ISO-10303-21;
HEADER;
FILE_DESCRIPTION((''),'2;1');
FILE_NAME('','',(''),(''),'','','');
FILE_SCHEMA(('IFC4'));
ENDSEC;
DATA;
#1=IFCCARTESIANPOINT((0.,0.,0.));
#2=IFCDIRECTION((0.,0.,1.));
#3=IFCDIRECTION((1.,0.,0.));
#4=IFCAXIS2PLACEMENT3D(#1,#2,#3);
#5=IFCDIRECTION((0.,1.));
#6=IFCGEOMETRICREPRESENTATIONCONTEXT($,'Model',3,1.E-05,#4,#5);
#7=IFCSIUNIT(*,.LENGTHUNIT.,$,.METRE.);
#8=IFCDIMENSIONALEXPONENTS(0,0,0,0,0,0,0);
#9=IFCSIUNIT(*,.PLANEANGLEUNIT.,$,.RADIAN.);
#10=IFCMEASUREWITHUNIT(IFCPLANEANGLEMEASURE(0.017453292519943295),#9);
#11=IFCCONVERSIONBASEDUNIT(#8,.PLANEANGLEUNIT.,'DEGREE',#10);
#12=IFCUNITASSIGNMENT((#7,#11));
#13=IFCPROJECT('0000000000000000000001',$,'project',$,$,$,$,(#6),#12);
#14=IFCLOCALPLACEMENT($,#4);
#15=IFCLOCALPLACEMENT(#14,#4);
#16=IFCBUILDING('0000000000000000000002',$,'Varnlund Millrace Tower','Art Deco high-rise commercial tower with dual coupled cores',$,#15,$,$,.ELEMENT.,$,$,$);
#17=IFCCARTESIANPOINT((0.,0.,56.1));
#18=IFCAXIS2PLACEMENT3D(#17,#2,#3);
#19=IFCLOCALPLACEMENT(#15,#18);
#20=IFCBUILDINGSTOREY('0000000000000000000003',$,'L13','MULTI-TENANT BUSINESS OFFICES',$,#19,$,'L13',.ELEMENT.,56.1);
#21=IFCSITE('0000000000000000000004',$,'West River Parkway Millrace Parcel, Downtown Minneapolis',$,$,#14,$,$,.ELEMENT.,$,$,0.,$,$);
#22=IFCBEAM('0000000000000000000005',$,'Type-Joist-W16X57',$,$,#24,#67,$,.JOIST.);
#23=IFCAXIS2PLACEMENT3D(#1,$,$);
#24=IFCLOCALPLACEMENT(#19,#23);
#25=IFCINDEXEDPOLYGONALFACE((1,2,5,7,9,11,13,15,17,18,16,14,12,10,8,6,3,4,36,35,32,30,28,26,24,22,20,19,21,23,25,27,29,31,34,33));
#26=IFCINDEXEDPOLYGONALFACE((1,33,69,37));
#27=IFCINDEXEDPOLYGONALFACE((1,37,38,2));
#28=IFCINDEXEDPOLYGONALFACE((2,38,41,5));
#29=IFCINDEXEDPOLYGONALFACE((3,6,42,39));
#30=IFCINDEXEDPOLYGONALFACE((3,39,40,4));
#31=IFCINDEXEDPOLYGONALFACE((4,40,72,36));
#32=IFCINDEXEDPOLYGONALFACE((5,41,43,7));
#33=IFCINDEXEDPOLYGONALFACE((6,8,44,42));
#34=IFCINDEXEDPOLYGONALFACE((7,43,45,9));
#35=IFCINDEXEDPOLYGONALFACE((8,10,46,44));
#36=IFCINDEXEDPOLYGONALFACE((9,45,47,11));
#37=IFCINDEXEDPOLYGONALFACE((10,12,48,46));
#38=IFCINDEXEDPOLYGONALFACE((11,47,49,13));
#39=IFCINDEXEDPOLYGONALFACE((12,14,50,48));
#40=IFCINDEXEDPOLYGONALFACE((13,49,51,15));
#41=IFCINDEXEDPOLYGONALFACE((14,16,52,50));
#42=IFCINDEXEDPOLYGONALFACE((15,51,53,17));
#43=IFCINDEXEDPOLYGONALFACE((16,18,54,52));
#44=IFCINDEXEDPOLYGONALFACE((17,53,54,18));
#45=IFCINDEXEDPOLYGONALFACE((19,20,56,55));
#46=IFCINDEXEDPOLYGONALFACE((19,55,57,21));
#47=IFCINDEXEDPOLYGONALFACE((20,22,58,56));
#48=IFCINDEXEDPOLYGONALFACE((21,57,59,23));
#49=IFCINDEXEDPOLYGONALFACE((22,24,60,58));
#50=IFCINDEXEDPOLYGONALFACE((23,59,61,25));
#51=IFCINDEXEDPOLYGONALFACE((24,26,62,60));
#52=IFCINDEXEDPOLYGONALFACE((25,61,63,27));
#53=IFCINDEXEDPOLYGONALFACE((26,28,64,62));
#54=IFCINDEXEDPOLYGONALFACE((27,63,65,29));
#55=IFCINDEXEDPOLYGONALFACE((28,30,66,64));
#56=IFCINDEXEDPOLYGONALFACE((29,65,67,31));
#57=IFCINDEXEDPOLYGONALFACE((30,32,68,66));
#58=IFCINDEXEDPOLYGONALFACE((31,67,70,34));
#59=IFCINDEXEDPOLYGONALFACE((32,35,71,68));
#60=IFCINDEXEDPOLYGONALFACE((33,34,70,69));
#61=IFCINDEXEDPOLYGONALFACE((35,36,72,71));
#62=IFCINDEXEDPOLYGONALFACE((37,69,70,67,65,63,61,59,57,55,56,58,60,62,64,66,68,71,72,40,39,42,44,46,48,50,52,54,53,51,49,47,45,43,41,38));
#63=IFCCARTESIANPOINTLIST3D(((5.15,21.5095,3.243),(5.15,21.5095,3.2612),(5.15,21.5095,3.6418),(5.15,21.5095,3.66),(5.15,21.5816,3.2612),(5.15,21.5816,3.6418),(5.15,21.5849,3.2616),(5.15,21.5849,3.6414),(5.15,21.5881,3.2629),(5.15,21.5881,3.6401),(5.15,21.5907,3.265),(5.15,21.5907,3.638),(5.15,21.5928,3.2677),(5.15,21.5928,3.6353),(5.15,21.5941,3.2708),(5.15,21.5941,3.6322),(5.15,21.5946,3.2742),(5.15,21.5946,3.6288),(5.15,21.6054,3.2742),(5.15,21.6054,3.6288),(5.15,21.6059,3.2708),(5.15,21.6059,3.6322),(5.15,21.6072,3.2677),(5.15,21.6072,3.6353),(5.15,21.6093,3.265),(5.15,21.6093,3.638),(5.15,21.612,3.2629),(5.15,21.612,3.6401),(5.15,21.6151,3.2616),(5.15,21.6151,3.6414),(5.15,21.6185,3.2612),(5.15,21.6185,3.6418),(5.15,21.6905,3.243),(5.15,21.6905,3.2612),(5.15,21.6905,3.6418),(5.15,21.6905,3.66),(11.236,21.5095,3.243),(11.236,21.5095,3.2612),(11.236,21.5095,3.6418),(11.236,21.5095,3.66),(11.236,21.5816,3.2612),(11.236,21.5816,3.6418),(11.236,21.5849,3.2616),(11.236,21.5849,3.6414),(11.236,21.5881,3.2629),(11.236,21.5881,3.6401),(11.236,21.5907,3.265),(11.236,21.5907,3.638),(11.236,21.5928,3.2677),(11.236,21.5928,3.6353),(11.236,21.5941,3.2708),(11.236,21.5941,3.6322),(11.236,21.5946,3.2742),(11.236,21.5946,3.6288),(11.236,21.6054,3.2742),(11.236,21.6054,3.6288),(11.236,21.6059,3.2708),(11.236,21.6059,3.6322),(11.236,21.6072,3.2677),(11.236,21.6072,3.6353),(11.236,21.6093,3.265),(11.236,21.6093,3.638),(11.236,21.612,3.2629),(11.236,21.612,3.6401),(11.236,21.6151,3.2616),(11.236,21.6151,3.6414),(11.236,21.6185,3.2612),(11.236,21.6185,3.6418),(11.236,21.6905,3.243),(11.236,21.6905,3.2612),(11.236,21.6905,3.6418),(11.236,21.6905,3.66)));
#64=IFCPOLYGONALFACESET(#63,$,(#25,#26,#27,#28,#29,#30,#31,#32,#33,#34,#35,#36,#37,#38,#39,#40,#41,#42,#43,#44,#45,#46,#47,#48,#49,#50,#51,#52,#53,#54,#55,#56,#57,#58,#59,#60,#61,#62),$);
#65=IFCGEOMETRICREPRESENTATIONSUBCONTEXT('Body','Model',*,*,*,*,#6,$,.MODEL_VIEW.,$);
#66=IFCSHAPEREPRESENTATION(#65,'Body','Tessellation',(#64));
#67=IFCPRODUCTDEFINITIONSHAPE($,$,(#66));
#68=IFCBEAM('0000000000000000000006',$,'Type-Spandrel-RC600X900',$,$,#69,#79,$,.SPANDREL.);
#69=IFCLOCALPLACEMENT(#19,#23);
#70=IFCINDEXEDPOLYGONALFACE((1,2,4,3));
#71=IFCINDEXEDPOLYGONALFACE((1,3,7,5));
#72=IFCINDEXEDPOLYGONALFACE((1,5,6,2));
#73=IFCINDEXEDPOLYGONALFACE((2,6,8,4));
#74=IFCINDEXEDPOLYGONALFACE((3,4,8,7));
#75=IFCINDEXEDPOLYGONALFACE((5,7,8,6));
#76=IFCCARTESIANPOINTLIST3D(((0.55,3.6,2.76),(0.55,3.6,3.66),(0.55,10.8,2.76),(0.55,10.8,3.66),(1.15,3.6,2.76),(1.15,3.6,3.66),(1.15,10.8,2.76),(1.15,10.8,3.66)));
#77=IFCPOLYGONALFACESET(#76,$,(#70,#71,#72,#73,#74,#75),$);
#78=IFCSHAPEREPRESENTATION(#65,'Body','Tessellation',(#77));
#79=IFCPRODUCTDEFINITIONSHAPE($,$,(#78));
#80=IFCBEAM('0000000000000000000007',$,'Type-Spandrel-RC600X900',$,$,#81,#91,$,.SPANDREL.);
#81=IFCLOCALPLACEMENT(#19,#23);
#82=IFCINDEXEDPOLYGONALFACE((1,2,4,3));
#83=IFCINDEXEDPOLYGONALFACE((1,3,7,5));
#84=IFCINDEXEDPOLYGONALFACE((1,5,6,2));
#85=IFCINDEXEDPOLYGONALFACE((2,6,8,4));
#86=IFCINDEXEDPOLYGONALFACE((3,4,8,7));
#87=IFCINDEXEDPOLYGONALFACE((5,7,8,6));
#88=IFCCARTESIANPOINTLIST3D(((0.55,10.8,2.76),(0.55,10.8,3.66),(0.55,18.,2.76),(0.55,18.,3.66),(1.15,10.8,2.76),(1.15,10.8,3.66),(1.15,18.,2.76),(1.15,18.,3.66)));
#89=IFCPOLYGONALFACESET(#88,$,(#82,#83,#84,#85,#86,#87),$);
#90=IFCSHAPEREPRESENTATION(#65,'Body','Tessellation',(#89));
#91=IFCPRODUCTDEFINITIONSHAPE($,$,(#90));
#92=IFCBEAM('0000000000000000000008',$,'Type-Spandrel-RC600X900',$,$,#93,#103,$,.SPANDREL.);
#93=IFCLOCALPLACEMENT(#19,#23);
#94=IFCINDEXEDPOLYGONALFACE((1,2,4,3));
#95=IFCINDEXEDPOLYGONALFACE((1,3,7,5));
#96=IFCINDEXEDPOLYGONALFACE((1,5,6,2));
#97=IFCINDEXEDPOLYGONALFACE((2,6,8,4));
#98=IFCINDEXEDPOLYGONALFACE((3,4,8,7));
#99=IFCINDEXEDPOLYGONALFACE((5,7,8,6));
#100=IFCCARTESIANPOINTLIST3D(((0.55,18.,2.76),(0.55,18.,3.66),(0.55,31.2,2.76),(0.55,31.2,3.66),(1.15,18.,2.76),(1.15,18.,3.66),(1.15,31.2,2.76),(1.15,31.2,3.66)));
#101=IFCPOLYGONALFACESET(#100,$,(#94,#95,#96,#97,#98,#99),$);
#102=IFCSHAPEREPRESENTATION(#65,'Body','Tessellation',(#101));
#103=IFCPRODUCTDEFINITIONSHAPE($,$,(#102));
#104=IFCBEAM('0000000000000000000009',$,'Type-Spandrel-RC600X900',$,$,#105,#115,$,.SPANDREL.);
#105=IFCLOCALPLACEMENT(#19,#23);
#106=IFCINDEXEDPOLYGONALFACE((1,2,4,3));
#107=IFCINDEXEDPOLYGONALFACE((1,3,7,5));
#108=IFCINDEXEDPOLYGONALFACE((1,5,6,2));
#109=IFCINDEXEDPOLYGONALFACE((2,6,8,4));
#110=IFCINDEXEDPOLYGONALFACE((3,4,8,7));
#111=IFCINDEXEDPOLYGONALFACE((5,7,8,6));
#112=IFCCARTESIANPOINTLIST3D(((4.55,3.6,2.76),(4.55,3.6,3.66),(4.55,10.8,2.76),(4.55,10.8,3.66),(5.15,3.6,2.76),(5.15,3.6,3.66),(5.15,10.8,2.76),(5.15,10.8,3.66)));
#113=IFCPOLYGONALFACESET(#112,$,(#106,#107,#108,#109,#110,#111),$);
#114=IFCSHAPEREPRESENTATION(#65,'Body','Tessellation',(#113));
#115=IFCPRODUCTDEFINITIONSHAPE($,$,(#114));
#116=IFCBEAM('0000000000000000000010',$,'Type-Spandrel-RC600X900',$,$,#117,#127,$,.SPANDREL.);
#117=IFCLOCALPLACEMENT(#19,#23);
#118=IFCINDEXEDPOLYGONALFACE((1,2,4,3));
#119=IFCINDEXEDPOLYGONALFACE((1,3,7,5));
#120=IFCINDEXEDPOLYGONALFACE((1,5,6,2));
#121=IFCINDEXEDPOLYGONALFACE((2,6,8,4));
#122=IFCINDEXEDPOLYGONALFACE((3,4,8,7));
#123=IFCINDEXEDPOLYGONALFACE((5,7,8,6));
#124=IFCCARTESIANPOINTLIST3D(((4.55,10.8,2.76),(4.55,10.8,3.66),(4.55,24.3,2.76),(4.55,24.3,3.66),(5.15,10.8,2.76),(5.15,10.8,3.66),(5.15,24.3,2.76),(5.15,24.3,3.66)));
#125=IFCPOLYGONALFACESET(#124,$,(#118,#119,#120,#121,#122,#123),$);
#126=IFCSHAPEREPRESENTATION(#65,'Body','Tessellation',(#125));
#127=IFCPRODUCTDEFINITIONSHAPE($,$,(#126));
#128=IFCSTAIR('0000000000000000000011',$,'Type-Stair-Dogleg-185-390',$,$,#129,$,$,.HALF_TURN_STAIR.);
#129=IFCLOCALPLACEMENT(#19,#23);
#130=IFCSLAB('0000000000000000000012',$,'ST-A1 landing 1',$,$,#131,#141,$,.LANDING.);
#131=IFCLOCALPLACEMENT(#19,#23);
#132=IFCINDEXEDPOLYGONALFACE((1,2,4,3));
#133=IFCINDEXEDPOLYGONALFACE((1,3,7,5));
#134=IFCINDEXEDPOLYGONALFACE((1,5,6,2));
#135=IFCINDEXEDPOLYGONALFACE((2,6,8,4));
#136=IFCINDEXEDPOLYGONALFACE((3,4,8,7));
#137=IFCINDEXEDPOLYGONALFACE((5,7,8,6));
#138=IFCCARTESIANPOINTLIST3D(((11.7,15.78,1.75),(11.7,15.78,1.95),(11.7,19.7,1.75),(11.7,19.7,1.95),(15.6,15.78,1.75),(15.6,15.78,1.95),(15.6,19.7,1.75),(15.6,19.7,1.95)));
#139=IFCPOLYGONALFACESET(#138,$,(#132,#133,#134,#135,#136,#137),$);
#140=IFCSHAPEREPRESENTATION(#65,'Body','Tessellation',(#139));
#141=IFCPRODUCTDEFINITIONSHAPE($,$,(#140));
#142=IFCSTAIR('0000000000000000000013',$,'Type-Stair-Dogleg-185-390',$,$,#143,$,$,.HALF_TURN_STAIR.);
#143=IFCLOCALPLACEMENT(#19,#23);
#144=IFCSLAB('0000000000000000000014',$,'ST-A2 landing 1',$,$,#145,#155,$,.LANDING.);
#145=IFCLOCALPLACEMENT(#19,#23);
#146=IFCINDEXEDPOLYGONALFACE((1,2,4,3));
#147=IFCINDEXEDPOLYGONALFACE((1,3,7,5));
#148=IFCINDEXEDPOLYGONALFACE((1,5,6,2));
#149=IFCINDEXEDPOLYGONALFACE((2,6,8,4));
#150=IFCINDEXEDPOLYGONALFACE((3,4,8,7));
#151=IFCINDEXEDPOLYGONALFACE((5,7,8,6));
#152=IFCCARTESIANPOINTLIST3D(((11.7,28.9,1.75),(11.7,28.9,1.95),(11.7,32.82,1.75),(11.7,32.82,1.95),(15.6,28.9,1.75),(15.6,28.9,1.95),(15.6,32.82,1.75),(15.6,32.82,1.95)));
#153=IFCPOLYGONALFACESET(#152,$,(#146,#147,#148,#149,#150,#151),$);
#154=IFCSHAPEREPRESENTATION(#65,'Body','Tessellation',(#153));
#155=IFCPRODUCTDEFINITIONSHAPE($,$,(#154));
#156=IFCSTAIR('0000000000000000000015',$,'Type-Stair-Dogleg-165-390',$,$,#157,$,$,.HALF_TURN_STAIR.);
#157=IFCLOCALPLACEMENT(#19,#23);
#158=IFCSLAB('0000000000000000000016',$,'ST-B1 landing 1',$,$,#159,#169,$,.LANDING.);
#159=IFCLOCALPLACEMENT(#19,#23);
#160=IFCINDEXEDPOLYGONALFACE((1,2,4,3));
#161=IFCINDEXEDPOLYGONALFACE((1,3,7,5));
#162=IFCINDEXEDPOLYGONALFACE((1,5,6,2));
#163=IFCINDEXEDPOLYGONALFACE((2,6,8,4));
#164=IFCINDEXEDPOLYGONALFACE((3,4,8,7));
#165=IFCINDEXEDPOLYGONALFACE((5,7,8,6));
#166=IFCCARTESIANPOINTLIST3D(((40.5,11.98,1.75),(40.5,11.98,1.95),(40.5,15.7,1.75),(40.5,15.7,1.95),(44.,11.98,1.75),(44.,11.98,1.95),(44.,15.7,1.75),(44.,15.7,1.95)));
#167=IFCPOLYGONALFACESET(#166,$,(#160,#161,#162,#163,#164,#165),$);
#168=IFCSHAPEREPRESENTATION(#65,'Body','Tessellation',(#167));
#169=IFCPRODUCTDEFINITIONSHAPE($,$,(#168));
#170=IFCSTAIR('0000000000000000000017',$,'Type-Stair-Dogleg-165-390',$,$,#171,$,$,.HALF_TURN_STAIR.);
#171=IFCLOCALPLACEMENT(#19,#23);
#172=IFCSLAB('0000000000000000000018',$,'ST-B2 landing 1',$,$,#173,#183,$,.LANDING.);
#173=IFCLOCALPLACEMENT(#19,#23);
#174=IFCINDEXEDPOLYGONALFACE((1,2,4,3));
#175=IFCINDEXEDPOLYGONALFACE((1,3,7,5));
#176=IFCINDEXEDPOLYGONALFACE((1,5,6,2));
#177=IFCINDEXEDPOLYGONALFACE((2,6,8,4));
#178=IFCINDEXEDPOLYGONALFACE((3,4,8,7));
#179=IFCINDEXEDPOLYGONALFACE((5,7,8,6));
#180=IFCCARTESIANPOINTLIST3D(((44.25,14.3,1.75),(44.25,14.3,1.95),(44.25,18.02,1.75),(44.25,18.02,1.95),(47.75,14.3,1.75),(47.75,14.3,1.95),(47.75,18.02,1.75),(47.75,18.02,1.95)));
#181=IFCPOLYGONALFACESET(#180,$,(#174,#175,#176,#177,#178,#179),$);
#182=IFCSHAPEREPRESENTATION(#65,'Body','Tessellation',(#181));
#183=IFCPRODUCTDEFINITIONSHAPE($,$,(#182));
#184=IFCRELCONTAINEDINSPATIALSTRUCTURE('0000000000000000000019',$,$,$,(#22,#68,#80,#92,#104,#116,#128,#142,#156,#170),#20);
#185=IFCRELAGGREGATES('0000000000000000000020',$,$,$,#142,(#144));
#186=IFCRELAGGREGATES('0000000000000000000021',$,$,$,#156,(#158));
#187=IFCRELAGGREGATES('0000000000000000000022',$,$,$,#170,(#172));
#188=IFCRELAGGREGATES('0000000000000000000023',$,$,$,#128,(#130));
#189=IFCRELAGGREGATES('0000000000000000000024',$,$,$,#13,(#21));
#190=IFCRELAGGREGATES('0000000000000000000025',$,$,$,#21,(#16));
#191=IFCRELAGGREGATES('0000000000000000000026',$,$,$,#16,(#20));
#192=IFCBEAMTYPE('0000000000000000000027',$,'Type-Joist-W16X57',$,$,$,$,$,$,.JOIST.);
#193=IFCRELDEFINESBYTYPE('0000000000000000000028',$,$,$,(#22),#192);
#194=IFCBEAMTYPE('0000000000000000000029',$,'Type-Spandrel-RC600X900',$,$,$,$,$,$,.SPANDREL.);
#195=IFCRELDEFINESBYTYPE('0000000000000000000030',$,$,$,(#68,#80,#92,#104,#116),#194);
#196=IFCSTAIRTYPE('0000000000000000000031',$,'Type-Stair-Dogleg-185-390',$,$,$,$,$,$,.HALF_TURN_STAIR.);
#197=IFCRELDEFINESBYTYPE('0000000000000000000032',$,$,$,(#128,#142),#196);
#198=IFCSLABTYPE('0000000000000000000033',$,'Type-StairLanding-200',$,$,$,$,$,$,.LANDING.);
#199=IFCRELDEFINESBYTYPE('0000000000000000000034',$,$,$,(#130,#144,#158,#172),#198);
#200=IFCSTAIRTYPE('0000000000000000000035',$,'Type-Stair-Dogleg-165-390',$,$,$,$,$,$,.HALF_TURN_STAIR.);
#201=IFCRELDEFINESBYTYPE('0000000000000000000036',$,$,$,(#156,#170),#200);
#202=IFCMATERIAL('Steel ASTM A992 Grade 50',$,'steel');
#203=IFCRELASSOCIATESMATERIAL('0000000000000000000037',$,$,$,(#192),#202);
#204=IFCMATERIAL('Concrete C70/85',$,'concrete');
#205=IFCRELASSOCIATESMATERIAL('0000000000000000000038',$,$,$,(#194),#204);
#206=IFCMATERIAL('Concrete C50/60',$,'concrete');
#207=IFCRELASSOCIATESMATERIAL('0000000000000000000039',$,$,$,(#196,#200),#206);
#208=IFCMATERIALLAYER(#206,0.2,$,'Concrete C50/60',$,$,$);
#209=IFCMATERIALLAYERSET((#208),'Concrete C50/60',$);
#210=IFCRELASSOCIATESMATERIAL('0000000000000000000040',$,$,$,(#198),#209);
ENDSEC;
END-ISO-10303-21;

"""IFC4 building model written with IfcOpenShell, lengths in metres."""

from ifc_helpers import new_model, entity, si_unit, converted_unit, direction, frame, origin_with_axes, origin_2d_with_axis, place, context, subcontext, project, spatial, polyline, rectangle, i_section, outline, extrude, material, layer, layer_set, material_profile, profile_set, type_object, element, aggregate, save


model = new_model("IFC4")

# Units and contexts
model_context = context("Model", 3, precision=1e-05, world=origin_with_axes(), true_north=direction((0.0, 1.0)))
body_context = subcontext(model_context, "Body", "Model", "MODEL_VIEW")
ifc_project = project(units=[si_unit("LENGTHUNIT", "METRE"), converted_unit("PLANEANGLEUNIT", "DEGREE", entity("IfcPlaneAngleMeasure", 0.017453292519943295), si_unit("PLANEANGLEUNIT", "RADIAN"), dimensions=[0, 0, 0, 0, 0, 0, 0])], contexts=[model_context])

# Site, building, storey
site_placement = place(None, origin_with_axes())
site = spatial("IfcSite", under=ifc_project, at=site_placement, Name="West River Parkway Millrace Parcel, Downtown Minneapolis", CompositionType="ELEMENT", RefElevation=0.0)
building_placement = place(site_placement, origin_with_axes())
building = spatial("IfcBuilding", under=site, at=building_placement, Name="Varnlund Millrace Tower", Description="Art Deco high-rise commercial tower with dual coupled cores", CompositionType="ELEMENT")
storey_placement = place(building_placement, frame((0.0, 0.0, 56.1), z_axis=(0.0, 0.0, 1.0), x_axis=(1.0, 0.0, 0.0)))
storey = spatial("IfcBuildingStorey", under=building, at=storey_placement, Name="L13", Description="MULTI-TENANT BUSINESS OFFICES", LongName="L13", CompositionType="ELEMENT", Elevation=56.1)

# Beams
ifc_material_1 = material(Name="Steel ASTM A992 Grade 50", Category="steel")
ifc_material_profile_1 = material_profile(ifc_material_1, i_section(OverallWidth=0.181, OverallDepth=0.417, WebThickness=0.0109, FlangeThickness=0.0182, FilletRadius=0.013, at=origin_2d_with_axis()), Name="Steel ASTM A992 Grade 50")
ifc_profile_set_1 = profile_set([ifc_material_profile_1], Name="Steel ASTM A992 Grade 50")
beam_type_1 = type_object("IfcBeamType", Name="Type-Joist-W16X57", PredefinedType="JOIST", material=ifc_profile_set_1)
for number, where, z_axis, x_axis, name in (
    (1, (5.15, 21.6, 3.4515), (1.0, 0.0, 0.0), (0.0, 1.0, 0.0), "Type-Joist-W16X57"),
):
    element("IfcBeam", number, at=place(storey_placement, frame(where, z_axis=z_axis, x_axis=x_axis)), inside=storey, type_object=beam_type_1, Name=name, PredefinedType="JOIST", context=body_context, shape_type="SweptSolid", body=[
        extrude(i_section(OverallWidth=0.181, OverallDepth=0.417, WebThickness=0.0109, FlangeThickness=0.0182, FilletRadius=0.013, at=origin_2d_with_axis()), origin_with_axes(), (0.0, 0.0, 1.0), 6.086),
    ])
ifc_material_2 = material(Name="Concrete C70/85", Category="concrete")
ifc_material_profile_2 = material_profile(ifc_material_2, rectangle(XDim=0.6, YDim=0.9, at=origin_2d_with_axis()), Name="Concrete C70/85")
ifc_profile_set_2 = profile_set([ifc_material_profile_2], Name="Concrete C70/85")
beam_type_2 = type_object("IfcBeamType", Name="Type-Spandrel-RC600X900", PredefinedType="SPANDREL", material=ifc_profile_set_2)
for number, where, z_axis, x_axis, name in (
    (2, (0.85, 3.6, 3.21), (0.0, 1.0, 0.0), (-1.0, 0.0, 0.0), "Type-Spandrel-RC600X900"),
    (3, (0.85, 10.8, 3.21), (0.0, 1.0, 0.0), (-1.0, 0.0, 0.0), "Type-Spandrel-RC600X900"),
):
    element("IfcBeam", number, at=place(storey_placement, frame(where, z_axis=z_axis, x_axis=x_axis)), inside=storey, type_object=beam_type_2, Name=name, PredefinedType="SPANDREL", context=body_context, shape_type="SweptSolid", body=[
        extrude(rectangle(XDim=0.6, YDim=0.9, at=origin_2d_with_axis()), origin_with_axes(), (0.0, 0.0, 1.0), 7.2),
    ])
beam_1_placement = place(storey_placement, frame((0.85, 18.0, 3.21), z_axis=(0.0, 1.0, 0.0), x_axis=(-1.0, 0.0, 0.0)))
element("IfcBeam", 4, at=beam_1_placement, inside=storey, type_object=beam_type_2, Name="Type-Spandrel-RC600X900", PredefinedType="SPANDREL", context=body_context, shape_type="SweptSolid", body=[
    extrude(rectangle(XDim=0.6, YDim=0.9, at=origin_2d_with_axis()), origin_with_axes(), (0.0, 0.0, 1.0), 13.2),
])
beam_2_placement = place(storey_placement, frame((4.85, 3.6, 3.21), z_axis=(0.0, 1.0, 0.0), x_axis=(-1.0, 0.0, 0.0)))
element("IfcBeam", 5, at=beam_2_placement, inside=storey, type_object=beam_type_2, Name="Type-Spandrel-RC600X900", PredefinedType="SPANDREL", context=body_context, shape_type="SweptSolid", body=[
    extrude(rectangle(XDim=0.6, YDim=0.9, at=origin_2d_with_axis()), origin_with_axes(), (0.0, 0.0, 1.0), 7.2),
])
beam_3_placement = place(storey_placement, frame((4.85, 10.8, 3.21), z_axis=(0.0, 1.0, 0.0), x_axis=(-1.0, 0.0, 0.0)))
element("IfcBeam", 6, at=beam_3_placement, inside=storey, type_object=beam_type_2, Name="Type-Spandrel-RC600X900", PredefinedType="SPANDREL", context=body_context, shape_type="SweptSolid", body=[
    extrude(rectangle(XDim=0.6, YDim=0.9, at=origin_2d_with_axis()), origin_with_axes(), (0.0, 0.0, 1.0), 13.5),
])

# Stairs, slabs
ifc_material_3 = material(Name="Concrete C50/60", Category="concrete")
stair_type_1 = type_object("IfcStairType", Name="Type-Stair-Dogleg-185-390", PredefinedType="HALF_TURN_STAIR", material=ifc_material_3)
stair_1_placement = place(storey_placement, origin_with_axes())
stair_1 = element("IfcStair", 7, at=stair_1_placement, inside=storey, type_object=stair_type_1, Name="Type-Stair-Dogleg-185-390", PredefinedType="HALF_TURN_STAIR")
ifc_layer_1 = layer(ifc_material_3, 0.2, Name="Concrete C50/60")
ifc_layer_set_1 = layer_set([ifc_layer_1], Name="Concrete C50/60")
slab_type = type_object("IfcSlabType", Name="Type-StairLanding-200", PredefinedType="LANDING", material=ifc_layer_set_1)
slab_1_placement = place(storey_placement, frame((0.0, 0.0, 1.75), z_axis=(0.0, 0.0, 1.0), x_axis=(1.0, 0.0, 0.0)))
slab_1 = element("IfcSlab", 8, at=slab_1_placement, type_object=slab_type, Name="ST-A1 landing 1", PredefinedType="LANDING", context=body_context, shape_type="SweptSolid", body=[
    extrude(outline(polyline([(15.6, 15.78), (15.6, 19.7), (11.7, 19.7), (11.7, 15.78), (15.6, 15.78)])), origin_with_axes(), (0.0, 0.0, 1.0), 0.2),
])
stair_2_placement = place(storey_placement, origin_with_axes())
stair_2 = element("IfcStair", 9, at=stair_2_placement, inside=storey, type_object=stair_type_1, Name="Type-Stair-Dogleg-185-390", PredefinedType="HALF_TURN_STAIR")
slab_2_placement = place(storey_placement, frame((0.0, 0.0, 1.75), z_axis=(0.0, 0.0, 1.0), x_axis=(1.0, 0.0, 0.0)))
slab_2 = element("IfcSlab", 10, at=slab_2_placement, type_object=slab_type, Name="ST-A2 landing 1", PredefinedType="LANDING", context=body_context, shape_type="SweptSolid", body=[
    extrude(outline(polyline([(11.7, 32.82), (11.7, 28.9), (15.6, 28.9), (15.6, 32.82), (11.7, 32.82)])), origin_with_axes(), (0.0, 0.0, 1.0), 0.2),
])
aggregate(stair_2, [slab_2])
stair_type_2 = type_object("IfcStairType", Name="Type-Stair-Dogleg-165-390", PredefinedType="HALF_TURN_STAIR", material=ifc_material_3)
stair_3_placement = place(storey_placement, origin_with_axes())
stair_3 = element("IfcStair", 11, at=stair_3_placement, inside=storey, type_object=stair_type_2, Name="Type-Stair-Dogleg-165-390", PredefinedType="HALF_TURN_STAIR")
slab_3_placement = place(storey_placement, frame((0.0, 0.0, 1.75), z_axis=(0.0, 0.0, 1.0), x_axis=(1.0, 0.0, 0.0)))
slab_3 = element("IfcSlab", 12, at=slab_3_placement, type_object=slab_type, Name="ST-B1 landing 1", PredefinedType="LANDING", context=body_context, shape_type="SweptSolid", body=[
    extrude(outline(polyline([(44.0, 11.98), (44.0, 15.7), (40.5, 15.7), (40.5, 11.98), (44.0, 11.98)])), origin_with_axes(), (0.0, 0.0, 1.0), 0.2),
])
aggregate(stair_3, [slab_3])
stair_4_placement = place(storey_placement, origin_with_axes())
stair_4 = element("IfcStair", 13, at=stair_4_placement, inside=storey, type_object=stair_type_2, Name="Type-Stair-Dogleg-165-390", PredefinedType="HALF_TURN_STAIR")
slab_4_placement = place(storey_placement, frame((0.0, 0.0, 1.75), z_axis=(0.0, 0.0, 1.0), x_axis=(1.0, 0.0, 0.0)))
slab_4 = element("IfcSlab", 14, at=slab_4_placement, type_object=slab_type, Name="ST-B2 landing 1", PredefinedType="LANDING", context=body_context, shape_type="SweptSolid", body=[
    extrude(outline(polyline([(44.25, 18.02), (44.25, 14.3), (47.75, 14.3), (47.75, 18.02), (44.25, 18.02)])), origin_with_axes(), (0.0, 0.0, 1.0), 0.2),
])
aggregate(stair_4, [slab_4])

aggregate(stair_1, [slab_1])

save(model, "model.ifc")
